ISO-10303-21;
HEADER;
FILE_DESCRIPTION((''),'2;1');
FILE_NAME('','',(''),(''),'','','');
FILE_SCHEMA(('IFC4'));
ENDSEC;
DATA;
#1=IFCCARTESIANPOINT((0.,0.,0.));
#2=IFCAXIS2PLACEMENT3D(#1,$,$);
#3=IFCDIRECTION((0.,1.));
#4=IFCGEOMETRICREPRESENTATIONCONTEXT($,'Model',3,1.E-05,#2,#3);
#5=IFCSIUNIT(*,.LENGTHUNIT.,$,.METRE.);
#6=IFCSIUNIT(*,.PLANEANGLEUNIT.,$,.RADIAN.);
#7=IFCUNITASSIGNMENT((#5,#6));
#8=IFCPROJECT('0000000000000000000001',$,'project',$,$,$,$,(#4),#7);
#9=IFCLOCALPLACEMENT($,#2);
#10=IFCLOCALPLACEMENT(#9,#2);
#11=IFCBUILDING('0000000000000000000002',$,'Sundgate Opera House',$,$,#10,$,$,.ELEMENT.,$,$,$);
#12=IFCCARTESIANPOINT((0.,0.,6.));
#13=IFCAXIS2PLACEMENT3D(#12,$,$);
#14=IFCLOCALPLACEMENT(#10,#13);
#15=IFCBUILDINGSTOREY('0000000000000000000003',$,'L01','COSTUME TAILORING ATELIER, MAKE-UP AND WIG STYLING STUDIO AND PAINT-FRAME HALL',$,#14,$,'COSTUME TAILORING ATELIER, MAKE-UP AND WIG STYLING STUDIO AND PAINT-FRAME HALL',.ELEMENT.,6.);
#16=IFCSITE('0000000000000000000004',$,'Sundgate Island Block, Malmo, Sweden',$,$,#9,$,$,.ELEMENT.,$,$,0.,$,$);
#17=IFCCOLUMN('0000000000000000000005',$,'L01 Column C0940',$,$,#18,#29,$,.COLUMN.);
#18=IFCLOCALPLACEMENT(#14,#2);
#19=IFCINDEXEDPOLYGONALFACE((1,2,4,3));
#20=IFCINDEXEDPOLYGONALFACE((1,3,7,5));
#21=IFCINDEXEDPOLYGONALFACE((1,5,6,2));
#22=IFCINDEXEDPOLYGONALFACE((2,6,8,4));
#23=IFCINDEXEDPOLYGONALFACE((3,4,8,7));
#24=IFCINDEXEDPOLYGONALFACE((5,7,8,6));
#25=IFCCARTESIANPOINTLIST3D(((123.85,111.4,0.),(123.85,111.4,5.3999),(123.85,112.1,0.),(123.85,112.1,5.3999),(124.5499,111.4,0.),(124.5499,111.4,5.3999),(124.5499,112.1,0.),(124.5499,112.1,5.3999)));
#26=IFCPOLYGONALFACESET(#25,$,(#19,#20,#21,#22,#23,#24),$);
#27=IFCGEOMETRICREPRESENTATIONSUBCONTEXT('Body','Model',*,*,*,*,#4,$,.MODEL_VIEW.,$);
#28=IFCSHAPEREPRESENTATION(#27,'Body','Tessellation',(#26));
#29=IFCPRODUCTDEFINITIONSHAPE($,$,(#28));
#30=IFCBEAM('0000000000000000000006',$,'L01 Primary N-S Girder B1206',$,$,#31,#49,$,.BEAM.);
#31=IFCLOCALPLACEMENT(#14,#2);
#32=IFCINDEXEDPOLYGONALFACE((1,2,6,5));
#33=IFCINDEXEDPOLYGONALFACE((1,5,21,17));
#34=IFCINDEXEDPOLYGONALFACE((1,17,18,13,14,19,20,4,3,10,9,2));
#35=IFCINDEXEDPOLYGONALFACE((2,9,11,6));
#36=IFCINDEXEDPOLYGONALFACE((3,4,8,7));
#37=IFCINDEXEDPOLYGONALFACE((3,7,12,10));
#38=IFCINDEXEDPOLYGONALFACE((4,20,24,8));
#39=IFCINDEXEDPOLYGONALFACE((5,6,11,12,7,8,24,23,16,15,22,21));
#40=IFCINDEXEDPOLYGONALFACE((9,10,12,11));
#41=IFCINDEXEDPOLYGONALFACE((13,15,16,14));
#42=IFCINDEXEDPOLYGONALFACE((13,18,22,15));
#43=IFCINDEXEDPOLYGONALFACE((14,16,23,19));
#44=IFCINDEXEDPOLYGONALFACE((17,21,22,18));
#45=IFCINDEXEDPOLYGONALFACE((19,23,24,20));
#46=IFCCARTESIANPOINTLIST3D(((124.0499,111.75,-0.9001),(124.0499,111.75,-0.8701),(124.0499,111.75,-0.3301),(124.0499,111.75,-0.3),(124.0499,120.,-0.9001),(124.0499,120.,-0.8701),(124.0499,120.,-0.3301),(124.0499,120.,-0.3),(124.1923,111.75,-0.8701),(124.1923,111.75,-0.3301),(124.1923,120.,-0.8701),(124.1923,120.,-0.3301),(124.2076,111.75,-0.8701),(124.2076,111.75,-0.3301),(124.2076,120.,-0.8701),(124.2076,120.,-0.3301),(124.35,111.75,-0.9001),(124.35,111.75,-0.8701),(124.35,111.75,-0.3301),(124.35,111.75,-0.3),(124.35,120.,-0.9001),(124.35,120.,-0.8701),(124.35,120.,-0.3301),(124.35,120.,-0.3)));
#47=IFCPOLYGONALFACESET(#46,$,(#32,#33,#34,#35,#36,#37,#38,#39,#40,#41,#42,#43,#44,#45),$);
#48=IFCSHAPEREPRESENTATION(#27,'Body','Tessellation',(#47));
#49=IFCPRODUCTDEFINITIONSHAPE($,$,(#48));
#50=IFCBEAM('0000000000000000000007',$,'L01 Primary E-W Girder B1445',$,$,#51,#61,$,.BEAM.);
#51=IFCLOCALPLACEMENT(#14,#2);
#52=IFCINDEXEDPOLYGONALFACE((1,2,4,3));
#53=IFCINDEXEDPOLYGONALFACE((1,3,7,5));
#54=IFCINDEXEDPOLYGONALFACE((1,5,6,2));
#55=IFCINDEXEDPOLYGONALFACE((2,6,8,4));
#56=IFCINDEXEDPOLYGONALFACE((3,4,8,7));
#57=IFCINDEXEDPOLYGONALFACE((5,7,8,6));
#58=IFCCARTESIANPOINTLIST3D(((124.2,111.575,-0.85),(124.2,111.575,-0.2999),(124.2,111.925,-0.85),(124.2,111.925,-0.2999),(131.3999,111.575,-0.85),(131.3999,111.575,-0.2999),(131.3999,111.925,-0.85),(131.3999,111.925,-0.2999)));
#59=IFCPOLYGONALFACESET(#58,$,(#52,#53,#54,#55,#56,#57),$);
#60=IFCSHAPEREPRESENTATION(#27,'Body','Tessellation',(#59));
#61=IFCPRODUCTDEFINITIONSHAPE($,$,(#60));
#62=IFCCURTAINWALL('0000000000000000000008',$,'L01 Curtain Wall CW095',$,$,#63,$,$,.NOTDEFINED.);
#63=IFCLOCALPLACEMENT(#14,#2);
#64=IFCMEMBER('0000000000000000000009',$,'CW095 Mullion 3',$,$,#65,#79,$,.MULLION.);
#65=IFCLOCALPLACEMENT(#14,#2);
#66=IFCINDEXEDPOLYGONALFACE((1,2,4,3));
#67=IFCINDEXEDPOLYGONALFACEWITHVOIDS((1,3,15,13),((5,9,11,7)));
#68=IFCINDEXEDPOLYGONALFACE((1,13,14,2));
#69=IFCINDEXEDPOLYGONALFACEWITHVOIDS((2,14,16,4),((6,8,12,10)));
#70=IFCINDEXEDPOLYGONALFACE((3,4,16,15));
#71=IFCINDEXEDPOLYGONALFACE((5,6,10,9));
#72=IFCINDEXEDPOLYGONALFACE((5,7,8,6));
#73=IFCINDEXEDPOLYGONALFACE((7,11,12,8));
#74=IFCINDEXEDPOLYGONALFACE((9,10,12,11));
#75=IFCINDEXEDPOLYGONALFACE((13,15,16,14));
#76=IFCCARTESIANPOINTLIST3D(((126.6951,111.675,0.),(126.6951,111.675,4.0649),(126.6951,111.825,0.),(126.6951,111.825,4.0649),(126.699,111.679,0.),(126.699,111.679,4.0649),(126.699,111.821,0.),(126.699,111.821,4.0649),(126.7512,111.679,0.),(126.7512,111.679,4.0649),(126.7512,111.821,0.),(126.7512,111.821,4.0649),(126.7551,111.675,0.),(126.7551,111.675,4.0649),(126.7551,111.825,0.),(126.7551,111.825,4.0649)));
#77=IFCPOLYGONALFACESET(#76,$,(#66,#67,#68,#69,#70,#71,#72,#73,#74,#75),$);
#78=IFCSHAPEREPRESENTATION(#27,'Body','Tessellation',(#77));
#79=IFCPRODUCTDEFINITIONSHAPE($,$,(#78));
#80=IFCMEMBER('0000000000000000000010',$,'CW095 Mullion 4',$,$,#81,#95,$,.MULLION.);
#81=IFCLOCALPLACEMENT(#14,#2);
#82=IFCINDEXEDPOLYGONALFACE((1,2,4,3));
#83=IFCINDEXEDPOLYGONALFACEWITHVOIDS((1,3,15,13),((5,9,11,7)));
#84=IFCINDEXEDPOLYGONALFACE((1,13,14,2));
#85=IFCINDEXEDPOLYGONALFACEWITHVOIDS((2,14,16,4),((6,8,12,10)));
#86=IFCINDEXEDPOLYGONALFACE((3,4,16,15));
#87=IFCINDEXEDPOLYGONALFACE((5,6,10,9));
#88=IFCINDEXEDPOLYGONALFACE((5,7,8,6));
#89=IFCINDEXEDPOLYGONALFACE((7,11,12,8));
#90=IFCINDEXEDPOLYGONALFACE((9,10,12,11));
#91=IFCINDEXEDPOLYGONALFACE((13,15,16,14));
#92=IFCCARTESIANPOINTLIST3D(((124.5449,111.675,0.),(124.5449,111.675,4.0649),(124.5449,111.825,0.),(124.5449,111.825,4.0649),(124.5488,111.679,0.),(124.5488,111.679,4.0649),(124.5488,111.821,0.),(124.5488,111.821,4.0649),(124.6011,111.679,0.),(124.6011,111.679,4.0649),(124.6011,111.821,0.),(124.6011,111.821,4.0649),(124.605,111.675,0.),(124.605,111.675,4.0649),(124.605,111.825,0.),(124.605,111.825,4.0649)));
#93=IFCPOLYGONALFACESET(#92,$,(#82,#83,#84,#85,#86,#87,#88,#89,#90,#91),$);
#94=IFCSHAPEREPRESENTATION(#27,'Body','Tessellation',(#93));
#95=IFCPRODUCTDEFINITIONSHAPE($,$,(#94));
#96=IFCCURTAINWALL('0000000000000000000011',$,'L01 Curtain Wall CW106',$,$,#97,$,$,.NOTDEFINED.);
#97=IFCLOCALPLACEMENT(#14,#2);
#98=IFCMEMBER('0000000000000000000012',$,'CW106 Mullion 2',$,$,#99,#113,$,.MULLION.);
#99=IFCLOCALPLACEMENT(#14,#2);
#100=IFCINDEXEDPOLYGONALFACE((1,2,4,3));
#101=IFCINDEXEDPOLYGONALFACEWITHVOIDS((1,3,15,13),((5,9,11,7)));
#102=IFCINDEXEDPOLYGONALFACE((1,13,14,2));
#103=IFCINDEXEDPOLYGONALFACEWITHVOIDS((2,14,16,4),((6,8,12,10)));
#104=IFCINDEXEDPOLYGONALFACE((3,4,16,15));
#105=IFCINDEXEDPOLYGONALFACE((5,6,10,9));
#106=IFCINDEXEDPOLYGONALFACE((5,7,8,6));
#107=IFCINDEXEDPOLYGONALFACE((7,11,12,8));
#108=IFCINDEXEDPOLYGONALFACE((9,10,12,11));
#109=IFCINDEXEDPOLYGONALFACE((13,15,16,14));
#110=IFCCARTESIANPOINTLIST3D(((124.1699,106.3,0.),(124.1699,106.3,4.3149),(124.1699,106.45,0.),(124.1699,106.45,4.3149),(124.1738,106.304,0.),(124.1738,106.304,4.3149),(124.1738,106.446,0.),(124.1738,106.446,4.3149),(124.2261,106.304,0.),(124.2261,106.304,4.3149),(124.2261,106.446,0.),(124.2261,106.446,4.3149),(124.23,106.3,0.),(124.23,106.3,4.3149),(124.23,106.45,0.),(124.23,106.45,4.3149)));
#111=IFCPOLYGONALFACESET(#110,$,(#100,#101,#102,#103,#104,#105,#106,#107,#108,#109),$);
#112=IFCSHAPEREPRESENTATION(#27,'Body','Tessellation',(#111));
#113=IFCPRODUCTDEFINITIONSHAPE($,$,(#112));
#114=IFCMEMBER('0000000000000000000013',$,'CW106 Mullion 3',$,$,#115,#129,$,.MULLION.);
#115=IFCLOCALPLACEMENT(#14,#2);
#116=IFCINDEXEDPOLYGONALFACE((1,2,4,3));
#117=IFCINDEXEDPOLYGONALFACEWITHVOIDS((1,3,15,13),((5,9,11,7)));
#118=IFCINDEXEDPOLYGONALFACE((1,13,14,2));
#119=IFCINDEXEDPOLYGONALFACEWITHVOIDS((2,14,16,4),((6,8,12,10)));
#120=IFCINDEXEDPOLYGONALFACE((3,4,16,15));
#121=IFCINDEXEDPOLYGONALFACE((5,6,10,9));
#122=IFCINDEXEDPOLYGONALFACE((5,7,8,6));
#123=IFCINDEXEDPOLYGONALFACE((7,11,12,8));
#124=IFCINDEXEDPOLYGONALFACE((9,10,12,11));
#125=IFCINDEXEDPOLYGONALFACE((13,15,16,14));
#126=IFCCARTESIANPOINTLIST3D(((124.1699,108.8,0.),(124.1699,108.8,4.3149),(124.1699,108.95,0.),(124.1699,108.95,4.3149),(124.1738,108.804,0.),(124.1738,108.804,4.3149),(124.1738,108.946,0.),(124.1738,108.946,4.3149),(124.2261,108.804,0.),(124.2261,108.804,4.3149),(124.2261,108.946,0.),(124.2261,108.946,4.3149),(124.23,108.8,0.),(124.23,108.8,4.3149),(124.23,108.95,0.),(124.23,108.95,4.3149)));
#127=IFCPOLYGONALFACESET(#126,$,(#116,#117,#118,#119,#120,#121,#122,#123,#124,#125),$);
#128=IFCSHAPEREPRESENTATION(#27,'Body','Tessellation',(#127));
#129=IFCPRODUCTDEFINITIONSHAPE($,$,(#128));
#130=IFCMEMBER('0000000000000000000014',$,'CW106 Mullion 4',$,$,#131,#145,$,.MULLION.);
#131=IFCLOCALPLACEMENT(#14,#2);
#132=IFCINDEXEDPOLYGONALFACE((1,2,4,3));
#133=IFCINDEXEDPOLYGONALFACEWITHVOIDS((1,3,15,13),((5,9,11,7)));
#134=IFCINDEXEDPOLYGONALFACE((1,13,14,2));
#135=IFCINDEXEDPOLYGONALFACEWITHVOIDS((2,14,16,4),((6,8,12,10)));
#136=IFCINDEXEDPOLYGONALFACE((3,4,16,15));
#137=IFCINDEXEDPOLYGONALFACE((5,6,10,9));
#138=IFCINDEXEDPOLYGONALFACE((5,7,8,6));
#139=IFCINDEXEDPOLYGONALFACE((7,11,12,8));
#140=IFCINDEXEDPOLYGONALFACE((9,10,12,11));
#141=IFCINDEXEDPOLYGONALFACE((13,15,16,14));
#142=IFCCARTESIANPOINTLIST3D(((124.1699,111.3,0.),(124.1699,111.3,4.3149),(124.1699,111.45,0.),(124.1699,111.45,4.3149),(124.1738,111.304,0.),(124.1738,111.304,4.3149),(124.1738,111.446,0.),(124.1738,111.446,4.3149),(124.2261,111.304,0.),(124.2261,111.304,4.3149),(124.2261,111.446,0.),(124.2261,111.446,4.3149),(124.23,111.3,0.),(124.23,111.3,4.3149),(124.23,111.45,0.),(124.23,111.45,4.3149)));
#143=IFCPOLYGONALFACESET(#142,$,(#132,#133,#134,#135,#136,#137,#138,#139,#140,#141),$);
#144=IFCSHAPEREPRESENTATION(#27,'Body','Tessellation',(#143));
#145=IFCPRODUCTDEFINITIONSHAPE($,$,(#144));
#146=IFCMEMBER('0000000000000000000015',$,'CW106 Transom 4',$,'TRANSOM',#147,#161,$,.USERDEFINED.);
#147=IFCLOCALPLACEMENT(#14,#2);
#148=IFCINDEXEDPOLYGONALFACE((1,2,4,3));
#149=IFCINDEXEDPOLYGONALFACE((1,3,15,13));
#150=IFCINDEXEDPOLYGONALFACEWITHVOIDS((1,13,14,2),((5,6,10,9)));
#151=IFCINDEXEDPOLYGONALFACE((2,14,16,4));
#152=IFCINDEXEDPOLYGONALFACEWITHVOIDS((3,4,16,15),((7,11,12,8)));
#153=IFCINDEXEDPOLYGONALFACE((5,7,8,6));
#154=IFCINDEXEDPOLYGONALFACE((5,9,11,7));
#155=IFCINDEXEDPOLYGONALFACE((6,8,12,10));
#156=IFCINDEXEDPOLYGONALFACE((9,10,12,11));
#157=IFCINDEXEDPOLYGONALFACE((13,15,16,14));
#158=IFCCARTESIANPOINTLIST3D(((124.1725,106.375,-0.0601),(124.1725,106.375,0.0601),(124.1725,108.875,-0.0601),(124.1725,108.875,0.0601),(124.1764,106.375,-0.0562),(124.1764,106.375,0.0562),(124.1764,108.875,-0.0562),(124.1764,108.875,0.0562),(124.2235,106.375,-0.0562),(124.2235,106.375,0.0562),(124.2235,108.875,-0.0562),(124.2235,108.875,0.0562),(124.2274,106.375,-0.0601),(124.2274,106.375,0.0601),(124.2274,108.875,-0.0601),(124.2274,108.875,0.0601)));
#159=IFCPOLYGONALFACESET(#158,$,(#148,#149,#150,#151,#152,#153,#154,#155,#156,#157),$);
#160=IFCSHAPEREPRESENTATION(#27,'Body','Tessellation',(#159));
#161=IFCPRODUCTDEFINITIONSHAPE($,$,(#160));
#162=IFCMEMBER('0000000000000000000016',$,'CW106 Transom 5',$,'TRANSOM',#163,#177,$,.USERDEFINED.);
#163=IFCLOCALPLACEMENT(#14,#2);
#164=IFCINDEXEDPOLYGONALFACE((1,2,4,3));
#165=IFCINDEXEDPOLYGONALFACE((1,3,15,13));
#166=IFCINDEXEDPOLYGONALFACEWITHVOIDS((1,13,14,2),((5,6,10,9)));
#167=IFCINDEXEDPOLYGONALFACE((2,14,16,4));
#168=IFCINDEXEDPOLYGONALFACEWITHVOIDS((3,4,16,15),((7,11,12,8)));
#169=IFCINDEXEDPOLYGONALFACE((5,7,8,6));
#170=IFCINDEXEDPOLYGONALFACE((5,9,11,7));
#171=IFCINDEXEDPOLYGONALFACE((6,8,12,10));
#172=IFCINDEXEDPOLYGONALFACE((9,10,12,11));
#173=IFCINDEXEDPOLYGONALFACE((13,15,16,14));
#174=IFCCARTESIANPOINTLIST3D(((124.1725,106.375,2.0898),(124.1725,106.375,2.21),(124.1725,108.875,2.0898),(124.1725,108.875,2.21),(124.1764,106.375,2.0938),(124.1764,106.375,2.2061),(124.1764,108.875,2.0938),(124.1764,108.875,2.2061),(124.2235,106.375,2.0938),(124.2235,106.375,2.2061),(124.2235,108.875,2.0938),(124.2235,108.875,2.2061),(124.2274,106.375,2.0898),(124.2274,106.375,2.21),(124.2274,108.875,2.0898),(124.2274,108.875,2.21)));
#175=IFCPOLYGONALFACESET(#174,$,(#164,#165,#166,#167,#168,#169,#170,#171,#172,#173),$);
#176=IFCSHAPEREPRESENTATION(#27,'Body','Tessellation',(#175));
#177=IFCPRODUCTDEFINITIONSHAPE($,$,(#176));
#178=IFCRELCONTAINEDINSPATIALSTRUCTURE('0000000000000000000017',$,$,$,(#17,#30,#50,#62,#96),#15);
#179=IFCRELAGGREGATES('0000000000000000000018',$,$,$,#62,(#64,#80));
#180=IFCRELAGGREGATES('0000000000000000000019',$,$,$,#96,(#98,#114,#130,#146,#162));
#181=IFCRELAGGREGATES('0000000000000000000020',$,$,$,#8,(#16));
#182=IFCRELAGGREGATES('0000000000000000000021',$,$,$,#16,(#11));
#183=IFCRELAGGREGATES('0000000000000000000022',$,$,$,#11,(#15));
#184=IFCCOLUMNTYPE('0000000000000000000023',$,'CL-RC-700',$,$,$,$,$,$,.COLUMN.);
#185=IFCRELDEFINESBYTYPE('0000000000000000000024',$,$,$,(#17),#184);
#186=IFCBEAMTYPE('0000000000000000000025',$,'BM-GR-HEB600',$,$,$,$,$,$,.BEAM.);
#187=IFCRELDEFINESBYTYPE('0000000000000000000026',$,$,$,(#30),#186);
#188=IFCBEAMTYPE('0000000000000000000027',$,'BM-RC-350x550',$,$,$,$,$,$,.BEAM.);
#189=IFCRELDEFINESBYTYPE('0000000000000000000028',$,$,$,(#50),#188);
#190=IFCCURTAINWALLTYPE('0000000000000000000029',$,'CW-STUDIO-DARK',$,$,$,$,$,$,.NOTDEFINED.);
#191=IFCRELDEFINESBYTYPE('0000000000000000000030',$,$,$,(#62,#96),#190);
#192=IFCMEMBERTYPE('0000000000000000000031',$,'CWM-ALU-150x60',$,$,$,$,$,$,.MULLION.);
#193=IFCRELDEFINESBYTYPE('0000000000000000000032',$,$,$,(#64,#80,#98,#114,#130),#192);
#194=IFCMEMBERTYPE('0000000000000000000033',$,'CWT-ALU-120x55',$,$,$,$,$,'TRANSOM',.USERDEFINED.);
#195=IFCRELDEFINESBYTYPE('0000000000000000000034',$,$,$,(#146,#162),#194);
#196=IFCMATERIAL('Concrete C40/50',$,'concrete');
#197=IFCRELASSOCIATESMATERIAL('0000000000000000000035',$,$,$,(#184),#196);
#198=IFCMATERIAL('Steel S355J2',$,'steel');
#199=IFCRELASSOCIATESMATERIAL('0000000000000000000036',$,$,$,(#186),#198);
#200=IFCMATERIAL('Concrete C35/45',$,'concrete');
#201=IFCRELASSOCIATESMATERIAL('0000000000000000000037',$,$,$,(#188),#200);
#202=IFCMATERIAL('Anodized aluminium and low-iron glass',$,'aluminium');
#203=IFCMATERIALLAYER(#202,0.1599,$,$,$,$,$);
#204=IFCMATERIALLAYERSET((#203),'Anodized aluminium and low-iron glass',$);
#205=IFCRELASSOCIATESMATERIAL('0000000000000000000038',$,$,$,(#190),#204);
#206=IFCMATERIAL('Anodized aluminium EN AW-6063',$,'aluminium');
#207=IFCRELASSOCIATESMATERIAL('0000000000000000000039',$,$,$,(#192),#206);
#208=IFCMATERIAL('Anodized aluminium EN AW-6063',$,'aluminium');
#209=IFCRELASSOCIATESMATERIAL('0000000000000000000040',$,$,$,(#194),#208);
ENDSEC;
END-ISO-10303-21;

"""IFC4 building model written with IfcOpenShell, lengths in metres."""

from ifc_helpers import new_model, si_unit, direction, frame, origin, origin_2d, place, context, subcontext, project, spatial, rectangle, hollow_rectangle, i_section, extrude, material, layer, layer_set, material_profile, profile_set, type_object, element, aggregate, save


model = new_model("IFC4")

# Units and contexts
model_context = context("Model", 3, precision=1e-05, world=origin(), true_north=direction((0.0, 1.0)))
body_context = subcontext(model_context, "Body", "Model", "MODEL_VIEW")
ifc_project = project(units=[si_unit("LENGTHUNIT", "METRE"), si_unit("PLANEANGLEUNIT", "RADIAN")], contexts=[model_context])

# Site, building, storey
site_placement = place(None, origin())
site = spatial("IfcSite", under=ifc_project, at=site_placement, Name="Sundgate Island Block, Malmo, Sweden", CompositionType="ELEMENT", RefElevation=0.0)
building_placement = place(site_placement, origin())
building = spatial("IfcBuilding", under=site, at=building_placement, Name="Sundgate Opera House", CompositionType="ELEMENT")
storey_placement = place(building_placement, frame((0.0, 0.0, 6.0)))
storey = spatial("IfcBuildingStorey", under=building, at=storey_placement, Name="L01", Description="COSTUME TAILORING ATELIER, MAKE-UP AND WIG STYLING STUDIO AND PAINT-FRAME HALL", LongName="COSTUME TAILORING ATELIER, MAKE-UP AND WIG STYLING STUDIO AND PAINT-FRAME HALL", CompositionType="ELEMENT", Elevation=6.0)

# Column
ifc_material_1 = material(Name="Concrete C40/50", Category="concrete")
ifc_material_profile_1 = material_profile(ifc_material_1, rectangle(XDim=0.7, YDim=0.7, at=origin_2d()), Name="RC 700x700")
ifc_profile_set_1 = profile_set([ifc_material_profile_1], Name="Concrete C40/50")
column_type = type_object("IfcColumnType", Name="CL-RC-700", PredefinedType="COLUMN", material=ifc_profile_set_1)
column_placement = place(storey_placement, frame((124.2, 111.75, 0.0), z_axis=(0.0, 0.0, 1.0), x_axis=(1.0, 0.0, 0.0)))
element("IfcColumn", 1, at=column_placement, inside=storey, type_object=column_type, Name="L01 Column C0940", PredefinedType="COLUMN", context=body_context, shape_type="SweptSolid", body=[
    extrude(rectangle(XDim=0.7, YDim=0.7, at=origin_2d()), origin(), (0.0, 0.0, 1.0), 5.3999),
])

# Beams
ifc_material_2 = material(Name="Steel S355J2", Category="steel")
ifc_material_profile_2 = material_profile(ifc_material_2, i_section(OverallWidth=0.3, OverallDepth=0.6001, WebThickness=0.0154, FlangeThickness=0.03, at=origin_2d()), Name="HEB 600")
ifc_profile_set_2 = profile_set([ifc_material_profile_2], Name="Steel S355J2")
beam_type_1 = type_object("IfcBeamType", Name="BM-GR-HEB600", PredefinedType="BEAM", material=ifc_profile_set_2)
beam_1_placement = place(storey_placement, frame((124.2, 111.75, -0.6001), z_axis=(0.0, 1.0, 0.0), x_axis=(-1.0, 0.0, 0.0)))
element("IfcBeam", 2, at=beam_1_placement, inside=storey, type_object=beam_type_1, Name="L01 Primary N-S Girder B1206", PredefinedType="BEAM", context=body_context, shape_type="SweptSolid", body=[
    extrude(i_section(OverallWidth=0.3, OverallDepth=0.6001, WebThickness=0.0154, FlangeThickness=0.03, at=origin_2d()), origin(), (0.0, 0.0, 1.0), 8.25),
])
ifc_material_3 = material(Name="Concrete C35/45", Category="concrete")
ifc_material_profile_3 = material_profile(ifc_material_3, rectangle(XDim=0.3501, YDim=0.55, at=origin_2d()), Name="RC 350x550")
ifc_profile_set_3 = profile_set([ifc_material_profile_3], Name="Concrete C35/45")
beam_type_2 = type_object("IfcBeamType", Name="BM-RC-350x550", PredefinedType="BEAM", material=ifc_profile_set_3)
beam_2_placement = place(storey_placement, frame((124.2, 111.75, -0.575), z_axis=(1.0, 0.0, 0.0), x_axis=(0.0, 1.0, 0.0)))
element("IfcBeam", 3, at=beam_2_placement, inside=storey, type_object=beam_type_2, Name="L01 Primary E-W Girder B1445", PredefinedType="BEAM", context=body_context, shape_type="SweptSolid", body=[
    extrude(rectangle(XDim=0.3501, YDim=0.55, at=origin_2d()), origin(), (0.0, 0.0, 1.0), 7.2),
])

# Curtain walls, members
ifc_material_4 = material(Name="Anodized aluminium and low-iron glass", Category="aluminium")
ifc_layer_1 = layer(ifc_material_4, 0.1599)
ifc_layer_set_1 = layer_set([ifc_layer_1], Name="Anodized aluminium and low-iron glass")
curtain_wall_type = type_object("IfcCurtainWallType", Name="CW-STUDIO-DARK", PredefinedType="NOTDEFINED", material=ifc_layer_set_1)
curtain_wall_1_placement = place(storey_placement, origin())
curtain_wall_1 = element("IfcCurtainWall", 4, at=curtain_wall_1_placement, inside=storey, type_object=curtain_wall_type, Name="L01 Curtain Wall CW095", PredefinedType="NOTDEFINED")
ifc_material_5 = material(Name="Anodized aluminium EN AW-6063", Category="aluminium")
ifc_material_profile_4 = material_profile(ifc_material_5, hollow_rectangle(XDim=0.0601, YDim=0.1499, WallThickness=0.0039, at=origin_2d()), Name="CWM 150x60x4")
ifc_profile_set_4 = profile_set([ifc_material_profile_4], Name="Anodized aluminium EN AW-6063")
member_type_1 = type_object("IfcMemberType", Name="CWM-ALU-150x60", PredefinedType="MULLION", material=ifc_profile_set_4)
member_1_placement = place(storey_placement, frame((126.7251, 111.75, 0.0), z_axis=(0.0, 0.0, 1.0), x_axis=(1.0, 0.0, 0.0)))
member_1 = element("IfcMember", 5, at=member_1_placement, type_object=member_type_1, Name="CW095 Mullion 3", PredefinedType="MULLION", context=body_context, shape_type="SweptSolid", body=[
    extrude(hollow_rectangle(XDim=0.0601, YDim=0.1499, WallThickness=0.0039, at=origin_2d()), origin(), (0.0, 0.0, 1.0), 4.0649),
])
member_2_placement = place(storey_placement, frame((124.575, 111.75, 0.0), z_axis=(0.0, 0.0, 1.0), x_axis=(1.0, 0.0, 0.0)))
member_2 = element("IfcMember", 6, at=member_2_placement, type_object=member_type_1, Name="CW095 Mullion 4", PredefinedType="MULLION", context=body_context, shape_type="SweptSolid", body=[
    extrude(hollow_rectangle(XDim=0.0601, YDim=0.1499, WallThickness=0.0039, at=origin_2d()), origin(), (0.0, 0.0, 1.0), 4.0649),
])
curtain_wall_2_placement = place(storey_placement, origin())
curtain_wall_2 = element("IfcCurtainWall", 7, at=curtain_wall_2_placement, inside=storey, type_object=curtain_wall_type, Name="L01 Curtain Wall CW106", PredefinedType="NOTDEFINED")
member_3_placement = place(storey_placement, frame((124.2, 106.375, 0.0), z_axis=(0.0, 0.0, 1.0), x_axis=(1.0, 0.0, 0.0)))
member_3 = element("IfcMember", 8, at=member_3_placement, type_object=member_type_1, Name="CW106 Mullion 2", PredefinedType="MULLION", context=body_context, shape_type="SweptSolid", body=[
    extrude(hollow_rectangle(XDim=0.0601, YDim=0.1499, WallThickness=0.0039, at=origin_2d()), origin(), (0.0, 0.0, 1.0), 4.3149),
])
member_4_placement = place(storey_placement, frame((124.2, 108.875, 0.0), z_axis=(0.0, 0.0, 1.0), x_axis=(1.0, 0.0, 0.0)))
member_4 = element("IfcMember", 9, at=member_4_placement, type_object=member_type_1, Name="CW106 Mullion 3", PredefinedType="MULLION", context=body_context, shape_type="SweptSolid", body=[
    extrude(hollow_rectangle(XDim=0.0601, YDim=0.1499, WallThickness=0.0039, at=origin_2d()), origin(), (0.0, 0.0, 1.0), 4.3149),
])
member_5_placement = place(storey_placement, frame((124.2, 111.375, 0.0), z_axis=(0.0, 0.0, 1.0), x_axis=(1.0, 0.0, 0.0)))
member_5 = element("IfcMember", 10, at=member_5_placement, type_object=member_type_1, Name="CW106 Mullion 4", PredefinedType="MULLION", context=body_context, shape_type="SweptSolid", body=[
    extrude(hollow_rectangle(XDim=0.0601, YDim=0.1499, WallThickness=0.0039, at=origin_2d()), origin(), (0.0, 0.0, 1.0), 4.3149),
])
ifc_material_6 = material(Name="Anodized aluminium EN AW-6063", Category="aluminium")
ifc_material_profile_5 = material_profile(ifc_material_6, hollow_rectangle(XDim=0.0549, YDim=0.1201, WallThickness=0.0039, at=origin_2d()), Name="CWT 120x55x4")
ifc_profile_set_5 = profile_set([ifc_material_profile_5], Name="Anodized aluminium EN AW-6063")
member_type_2 = type_object("IfcMemberType", Name="CWT-ALU-120x55", ElementType="TRANSOM", PredefinedType="USERDEFINED", material=ifc_profile_set_5)
member_6_placement = place(storey_placement, frame((124.2, 106.375, 0.0), z_axis=(0.0, 1.0, 0.0), x_axis=(-1.0, 0.0, 0.0)))
member_6 = element("IfcMember", 11, at=member_6_placement, type_object=member_type_2, Name="CW106 Transom 4", ObjectType="TRANSOM", PredefinedType="USERDEFINED", context=body_context, shape_type="SweptSolid", body=[
    extrude(hollow_rectangle(XDim=0.0549, YDim=0.1201, WallThickness=0.0039, at=origin_2d()), origin(), (0.0, 0.0, 1.0), 2.5),
])
member_7_placement = place(storey_placement, frame((124.2, 106.375, 2.1499), z_axis=(0.0, 1.0, 0.0), x_axis=(-1.0, 0.0, 0.0)))
member_7 = element("IfcMember", 12, at=member_7_placement, type_object=member_type_2, Name="CW106 Transom 5", ObjectType="TRANSOM", PredefinedType="USERDEFINED", context=body_context, shape_type="SweptSolid", body=[
    extrude(hollow_rectangle(XDim=0.0549, YDim=0.1201, WallThickness=0.0039, at=origin_2d()), origin(), (0.0, 0.0, 1.0), 2.5),
])

aggregate(curtain_wall_1, [member_1, member_2])
aggregate(curtain_wall_2, [member_3, member_4, member_5, member_6, member_7])

save(model, "model.ifc")
